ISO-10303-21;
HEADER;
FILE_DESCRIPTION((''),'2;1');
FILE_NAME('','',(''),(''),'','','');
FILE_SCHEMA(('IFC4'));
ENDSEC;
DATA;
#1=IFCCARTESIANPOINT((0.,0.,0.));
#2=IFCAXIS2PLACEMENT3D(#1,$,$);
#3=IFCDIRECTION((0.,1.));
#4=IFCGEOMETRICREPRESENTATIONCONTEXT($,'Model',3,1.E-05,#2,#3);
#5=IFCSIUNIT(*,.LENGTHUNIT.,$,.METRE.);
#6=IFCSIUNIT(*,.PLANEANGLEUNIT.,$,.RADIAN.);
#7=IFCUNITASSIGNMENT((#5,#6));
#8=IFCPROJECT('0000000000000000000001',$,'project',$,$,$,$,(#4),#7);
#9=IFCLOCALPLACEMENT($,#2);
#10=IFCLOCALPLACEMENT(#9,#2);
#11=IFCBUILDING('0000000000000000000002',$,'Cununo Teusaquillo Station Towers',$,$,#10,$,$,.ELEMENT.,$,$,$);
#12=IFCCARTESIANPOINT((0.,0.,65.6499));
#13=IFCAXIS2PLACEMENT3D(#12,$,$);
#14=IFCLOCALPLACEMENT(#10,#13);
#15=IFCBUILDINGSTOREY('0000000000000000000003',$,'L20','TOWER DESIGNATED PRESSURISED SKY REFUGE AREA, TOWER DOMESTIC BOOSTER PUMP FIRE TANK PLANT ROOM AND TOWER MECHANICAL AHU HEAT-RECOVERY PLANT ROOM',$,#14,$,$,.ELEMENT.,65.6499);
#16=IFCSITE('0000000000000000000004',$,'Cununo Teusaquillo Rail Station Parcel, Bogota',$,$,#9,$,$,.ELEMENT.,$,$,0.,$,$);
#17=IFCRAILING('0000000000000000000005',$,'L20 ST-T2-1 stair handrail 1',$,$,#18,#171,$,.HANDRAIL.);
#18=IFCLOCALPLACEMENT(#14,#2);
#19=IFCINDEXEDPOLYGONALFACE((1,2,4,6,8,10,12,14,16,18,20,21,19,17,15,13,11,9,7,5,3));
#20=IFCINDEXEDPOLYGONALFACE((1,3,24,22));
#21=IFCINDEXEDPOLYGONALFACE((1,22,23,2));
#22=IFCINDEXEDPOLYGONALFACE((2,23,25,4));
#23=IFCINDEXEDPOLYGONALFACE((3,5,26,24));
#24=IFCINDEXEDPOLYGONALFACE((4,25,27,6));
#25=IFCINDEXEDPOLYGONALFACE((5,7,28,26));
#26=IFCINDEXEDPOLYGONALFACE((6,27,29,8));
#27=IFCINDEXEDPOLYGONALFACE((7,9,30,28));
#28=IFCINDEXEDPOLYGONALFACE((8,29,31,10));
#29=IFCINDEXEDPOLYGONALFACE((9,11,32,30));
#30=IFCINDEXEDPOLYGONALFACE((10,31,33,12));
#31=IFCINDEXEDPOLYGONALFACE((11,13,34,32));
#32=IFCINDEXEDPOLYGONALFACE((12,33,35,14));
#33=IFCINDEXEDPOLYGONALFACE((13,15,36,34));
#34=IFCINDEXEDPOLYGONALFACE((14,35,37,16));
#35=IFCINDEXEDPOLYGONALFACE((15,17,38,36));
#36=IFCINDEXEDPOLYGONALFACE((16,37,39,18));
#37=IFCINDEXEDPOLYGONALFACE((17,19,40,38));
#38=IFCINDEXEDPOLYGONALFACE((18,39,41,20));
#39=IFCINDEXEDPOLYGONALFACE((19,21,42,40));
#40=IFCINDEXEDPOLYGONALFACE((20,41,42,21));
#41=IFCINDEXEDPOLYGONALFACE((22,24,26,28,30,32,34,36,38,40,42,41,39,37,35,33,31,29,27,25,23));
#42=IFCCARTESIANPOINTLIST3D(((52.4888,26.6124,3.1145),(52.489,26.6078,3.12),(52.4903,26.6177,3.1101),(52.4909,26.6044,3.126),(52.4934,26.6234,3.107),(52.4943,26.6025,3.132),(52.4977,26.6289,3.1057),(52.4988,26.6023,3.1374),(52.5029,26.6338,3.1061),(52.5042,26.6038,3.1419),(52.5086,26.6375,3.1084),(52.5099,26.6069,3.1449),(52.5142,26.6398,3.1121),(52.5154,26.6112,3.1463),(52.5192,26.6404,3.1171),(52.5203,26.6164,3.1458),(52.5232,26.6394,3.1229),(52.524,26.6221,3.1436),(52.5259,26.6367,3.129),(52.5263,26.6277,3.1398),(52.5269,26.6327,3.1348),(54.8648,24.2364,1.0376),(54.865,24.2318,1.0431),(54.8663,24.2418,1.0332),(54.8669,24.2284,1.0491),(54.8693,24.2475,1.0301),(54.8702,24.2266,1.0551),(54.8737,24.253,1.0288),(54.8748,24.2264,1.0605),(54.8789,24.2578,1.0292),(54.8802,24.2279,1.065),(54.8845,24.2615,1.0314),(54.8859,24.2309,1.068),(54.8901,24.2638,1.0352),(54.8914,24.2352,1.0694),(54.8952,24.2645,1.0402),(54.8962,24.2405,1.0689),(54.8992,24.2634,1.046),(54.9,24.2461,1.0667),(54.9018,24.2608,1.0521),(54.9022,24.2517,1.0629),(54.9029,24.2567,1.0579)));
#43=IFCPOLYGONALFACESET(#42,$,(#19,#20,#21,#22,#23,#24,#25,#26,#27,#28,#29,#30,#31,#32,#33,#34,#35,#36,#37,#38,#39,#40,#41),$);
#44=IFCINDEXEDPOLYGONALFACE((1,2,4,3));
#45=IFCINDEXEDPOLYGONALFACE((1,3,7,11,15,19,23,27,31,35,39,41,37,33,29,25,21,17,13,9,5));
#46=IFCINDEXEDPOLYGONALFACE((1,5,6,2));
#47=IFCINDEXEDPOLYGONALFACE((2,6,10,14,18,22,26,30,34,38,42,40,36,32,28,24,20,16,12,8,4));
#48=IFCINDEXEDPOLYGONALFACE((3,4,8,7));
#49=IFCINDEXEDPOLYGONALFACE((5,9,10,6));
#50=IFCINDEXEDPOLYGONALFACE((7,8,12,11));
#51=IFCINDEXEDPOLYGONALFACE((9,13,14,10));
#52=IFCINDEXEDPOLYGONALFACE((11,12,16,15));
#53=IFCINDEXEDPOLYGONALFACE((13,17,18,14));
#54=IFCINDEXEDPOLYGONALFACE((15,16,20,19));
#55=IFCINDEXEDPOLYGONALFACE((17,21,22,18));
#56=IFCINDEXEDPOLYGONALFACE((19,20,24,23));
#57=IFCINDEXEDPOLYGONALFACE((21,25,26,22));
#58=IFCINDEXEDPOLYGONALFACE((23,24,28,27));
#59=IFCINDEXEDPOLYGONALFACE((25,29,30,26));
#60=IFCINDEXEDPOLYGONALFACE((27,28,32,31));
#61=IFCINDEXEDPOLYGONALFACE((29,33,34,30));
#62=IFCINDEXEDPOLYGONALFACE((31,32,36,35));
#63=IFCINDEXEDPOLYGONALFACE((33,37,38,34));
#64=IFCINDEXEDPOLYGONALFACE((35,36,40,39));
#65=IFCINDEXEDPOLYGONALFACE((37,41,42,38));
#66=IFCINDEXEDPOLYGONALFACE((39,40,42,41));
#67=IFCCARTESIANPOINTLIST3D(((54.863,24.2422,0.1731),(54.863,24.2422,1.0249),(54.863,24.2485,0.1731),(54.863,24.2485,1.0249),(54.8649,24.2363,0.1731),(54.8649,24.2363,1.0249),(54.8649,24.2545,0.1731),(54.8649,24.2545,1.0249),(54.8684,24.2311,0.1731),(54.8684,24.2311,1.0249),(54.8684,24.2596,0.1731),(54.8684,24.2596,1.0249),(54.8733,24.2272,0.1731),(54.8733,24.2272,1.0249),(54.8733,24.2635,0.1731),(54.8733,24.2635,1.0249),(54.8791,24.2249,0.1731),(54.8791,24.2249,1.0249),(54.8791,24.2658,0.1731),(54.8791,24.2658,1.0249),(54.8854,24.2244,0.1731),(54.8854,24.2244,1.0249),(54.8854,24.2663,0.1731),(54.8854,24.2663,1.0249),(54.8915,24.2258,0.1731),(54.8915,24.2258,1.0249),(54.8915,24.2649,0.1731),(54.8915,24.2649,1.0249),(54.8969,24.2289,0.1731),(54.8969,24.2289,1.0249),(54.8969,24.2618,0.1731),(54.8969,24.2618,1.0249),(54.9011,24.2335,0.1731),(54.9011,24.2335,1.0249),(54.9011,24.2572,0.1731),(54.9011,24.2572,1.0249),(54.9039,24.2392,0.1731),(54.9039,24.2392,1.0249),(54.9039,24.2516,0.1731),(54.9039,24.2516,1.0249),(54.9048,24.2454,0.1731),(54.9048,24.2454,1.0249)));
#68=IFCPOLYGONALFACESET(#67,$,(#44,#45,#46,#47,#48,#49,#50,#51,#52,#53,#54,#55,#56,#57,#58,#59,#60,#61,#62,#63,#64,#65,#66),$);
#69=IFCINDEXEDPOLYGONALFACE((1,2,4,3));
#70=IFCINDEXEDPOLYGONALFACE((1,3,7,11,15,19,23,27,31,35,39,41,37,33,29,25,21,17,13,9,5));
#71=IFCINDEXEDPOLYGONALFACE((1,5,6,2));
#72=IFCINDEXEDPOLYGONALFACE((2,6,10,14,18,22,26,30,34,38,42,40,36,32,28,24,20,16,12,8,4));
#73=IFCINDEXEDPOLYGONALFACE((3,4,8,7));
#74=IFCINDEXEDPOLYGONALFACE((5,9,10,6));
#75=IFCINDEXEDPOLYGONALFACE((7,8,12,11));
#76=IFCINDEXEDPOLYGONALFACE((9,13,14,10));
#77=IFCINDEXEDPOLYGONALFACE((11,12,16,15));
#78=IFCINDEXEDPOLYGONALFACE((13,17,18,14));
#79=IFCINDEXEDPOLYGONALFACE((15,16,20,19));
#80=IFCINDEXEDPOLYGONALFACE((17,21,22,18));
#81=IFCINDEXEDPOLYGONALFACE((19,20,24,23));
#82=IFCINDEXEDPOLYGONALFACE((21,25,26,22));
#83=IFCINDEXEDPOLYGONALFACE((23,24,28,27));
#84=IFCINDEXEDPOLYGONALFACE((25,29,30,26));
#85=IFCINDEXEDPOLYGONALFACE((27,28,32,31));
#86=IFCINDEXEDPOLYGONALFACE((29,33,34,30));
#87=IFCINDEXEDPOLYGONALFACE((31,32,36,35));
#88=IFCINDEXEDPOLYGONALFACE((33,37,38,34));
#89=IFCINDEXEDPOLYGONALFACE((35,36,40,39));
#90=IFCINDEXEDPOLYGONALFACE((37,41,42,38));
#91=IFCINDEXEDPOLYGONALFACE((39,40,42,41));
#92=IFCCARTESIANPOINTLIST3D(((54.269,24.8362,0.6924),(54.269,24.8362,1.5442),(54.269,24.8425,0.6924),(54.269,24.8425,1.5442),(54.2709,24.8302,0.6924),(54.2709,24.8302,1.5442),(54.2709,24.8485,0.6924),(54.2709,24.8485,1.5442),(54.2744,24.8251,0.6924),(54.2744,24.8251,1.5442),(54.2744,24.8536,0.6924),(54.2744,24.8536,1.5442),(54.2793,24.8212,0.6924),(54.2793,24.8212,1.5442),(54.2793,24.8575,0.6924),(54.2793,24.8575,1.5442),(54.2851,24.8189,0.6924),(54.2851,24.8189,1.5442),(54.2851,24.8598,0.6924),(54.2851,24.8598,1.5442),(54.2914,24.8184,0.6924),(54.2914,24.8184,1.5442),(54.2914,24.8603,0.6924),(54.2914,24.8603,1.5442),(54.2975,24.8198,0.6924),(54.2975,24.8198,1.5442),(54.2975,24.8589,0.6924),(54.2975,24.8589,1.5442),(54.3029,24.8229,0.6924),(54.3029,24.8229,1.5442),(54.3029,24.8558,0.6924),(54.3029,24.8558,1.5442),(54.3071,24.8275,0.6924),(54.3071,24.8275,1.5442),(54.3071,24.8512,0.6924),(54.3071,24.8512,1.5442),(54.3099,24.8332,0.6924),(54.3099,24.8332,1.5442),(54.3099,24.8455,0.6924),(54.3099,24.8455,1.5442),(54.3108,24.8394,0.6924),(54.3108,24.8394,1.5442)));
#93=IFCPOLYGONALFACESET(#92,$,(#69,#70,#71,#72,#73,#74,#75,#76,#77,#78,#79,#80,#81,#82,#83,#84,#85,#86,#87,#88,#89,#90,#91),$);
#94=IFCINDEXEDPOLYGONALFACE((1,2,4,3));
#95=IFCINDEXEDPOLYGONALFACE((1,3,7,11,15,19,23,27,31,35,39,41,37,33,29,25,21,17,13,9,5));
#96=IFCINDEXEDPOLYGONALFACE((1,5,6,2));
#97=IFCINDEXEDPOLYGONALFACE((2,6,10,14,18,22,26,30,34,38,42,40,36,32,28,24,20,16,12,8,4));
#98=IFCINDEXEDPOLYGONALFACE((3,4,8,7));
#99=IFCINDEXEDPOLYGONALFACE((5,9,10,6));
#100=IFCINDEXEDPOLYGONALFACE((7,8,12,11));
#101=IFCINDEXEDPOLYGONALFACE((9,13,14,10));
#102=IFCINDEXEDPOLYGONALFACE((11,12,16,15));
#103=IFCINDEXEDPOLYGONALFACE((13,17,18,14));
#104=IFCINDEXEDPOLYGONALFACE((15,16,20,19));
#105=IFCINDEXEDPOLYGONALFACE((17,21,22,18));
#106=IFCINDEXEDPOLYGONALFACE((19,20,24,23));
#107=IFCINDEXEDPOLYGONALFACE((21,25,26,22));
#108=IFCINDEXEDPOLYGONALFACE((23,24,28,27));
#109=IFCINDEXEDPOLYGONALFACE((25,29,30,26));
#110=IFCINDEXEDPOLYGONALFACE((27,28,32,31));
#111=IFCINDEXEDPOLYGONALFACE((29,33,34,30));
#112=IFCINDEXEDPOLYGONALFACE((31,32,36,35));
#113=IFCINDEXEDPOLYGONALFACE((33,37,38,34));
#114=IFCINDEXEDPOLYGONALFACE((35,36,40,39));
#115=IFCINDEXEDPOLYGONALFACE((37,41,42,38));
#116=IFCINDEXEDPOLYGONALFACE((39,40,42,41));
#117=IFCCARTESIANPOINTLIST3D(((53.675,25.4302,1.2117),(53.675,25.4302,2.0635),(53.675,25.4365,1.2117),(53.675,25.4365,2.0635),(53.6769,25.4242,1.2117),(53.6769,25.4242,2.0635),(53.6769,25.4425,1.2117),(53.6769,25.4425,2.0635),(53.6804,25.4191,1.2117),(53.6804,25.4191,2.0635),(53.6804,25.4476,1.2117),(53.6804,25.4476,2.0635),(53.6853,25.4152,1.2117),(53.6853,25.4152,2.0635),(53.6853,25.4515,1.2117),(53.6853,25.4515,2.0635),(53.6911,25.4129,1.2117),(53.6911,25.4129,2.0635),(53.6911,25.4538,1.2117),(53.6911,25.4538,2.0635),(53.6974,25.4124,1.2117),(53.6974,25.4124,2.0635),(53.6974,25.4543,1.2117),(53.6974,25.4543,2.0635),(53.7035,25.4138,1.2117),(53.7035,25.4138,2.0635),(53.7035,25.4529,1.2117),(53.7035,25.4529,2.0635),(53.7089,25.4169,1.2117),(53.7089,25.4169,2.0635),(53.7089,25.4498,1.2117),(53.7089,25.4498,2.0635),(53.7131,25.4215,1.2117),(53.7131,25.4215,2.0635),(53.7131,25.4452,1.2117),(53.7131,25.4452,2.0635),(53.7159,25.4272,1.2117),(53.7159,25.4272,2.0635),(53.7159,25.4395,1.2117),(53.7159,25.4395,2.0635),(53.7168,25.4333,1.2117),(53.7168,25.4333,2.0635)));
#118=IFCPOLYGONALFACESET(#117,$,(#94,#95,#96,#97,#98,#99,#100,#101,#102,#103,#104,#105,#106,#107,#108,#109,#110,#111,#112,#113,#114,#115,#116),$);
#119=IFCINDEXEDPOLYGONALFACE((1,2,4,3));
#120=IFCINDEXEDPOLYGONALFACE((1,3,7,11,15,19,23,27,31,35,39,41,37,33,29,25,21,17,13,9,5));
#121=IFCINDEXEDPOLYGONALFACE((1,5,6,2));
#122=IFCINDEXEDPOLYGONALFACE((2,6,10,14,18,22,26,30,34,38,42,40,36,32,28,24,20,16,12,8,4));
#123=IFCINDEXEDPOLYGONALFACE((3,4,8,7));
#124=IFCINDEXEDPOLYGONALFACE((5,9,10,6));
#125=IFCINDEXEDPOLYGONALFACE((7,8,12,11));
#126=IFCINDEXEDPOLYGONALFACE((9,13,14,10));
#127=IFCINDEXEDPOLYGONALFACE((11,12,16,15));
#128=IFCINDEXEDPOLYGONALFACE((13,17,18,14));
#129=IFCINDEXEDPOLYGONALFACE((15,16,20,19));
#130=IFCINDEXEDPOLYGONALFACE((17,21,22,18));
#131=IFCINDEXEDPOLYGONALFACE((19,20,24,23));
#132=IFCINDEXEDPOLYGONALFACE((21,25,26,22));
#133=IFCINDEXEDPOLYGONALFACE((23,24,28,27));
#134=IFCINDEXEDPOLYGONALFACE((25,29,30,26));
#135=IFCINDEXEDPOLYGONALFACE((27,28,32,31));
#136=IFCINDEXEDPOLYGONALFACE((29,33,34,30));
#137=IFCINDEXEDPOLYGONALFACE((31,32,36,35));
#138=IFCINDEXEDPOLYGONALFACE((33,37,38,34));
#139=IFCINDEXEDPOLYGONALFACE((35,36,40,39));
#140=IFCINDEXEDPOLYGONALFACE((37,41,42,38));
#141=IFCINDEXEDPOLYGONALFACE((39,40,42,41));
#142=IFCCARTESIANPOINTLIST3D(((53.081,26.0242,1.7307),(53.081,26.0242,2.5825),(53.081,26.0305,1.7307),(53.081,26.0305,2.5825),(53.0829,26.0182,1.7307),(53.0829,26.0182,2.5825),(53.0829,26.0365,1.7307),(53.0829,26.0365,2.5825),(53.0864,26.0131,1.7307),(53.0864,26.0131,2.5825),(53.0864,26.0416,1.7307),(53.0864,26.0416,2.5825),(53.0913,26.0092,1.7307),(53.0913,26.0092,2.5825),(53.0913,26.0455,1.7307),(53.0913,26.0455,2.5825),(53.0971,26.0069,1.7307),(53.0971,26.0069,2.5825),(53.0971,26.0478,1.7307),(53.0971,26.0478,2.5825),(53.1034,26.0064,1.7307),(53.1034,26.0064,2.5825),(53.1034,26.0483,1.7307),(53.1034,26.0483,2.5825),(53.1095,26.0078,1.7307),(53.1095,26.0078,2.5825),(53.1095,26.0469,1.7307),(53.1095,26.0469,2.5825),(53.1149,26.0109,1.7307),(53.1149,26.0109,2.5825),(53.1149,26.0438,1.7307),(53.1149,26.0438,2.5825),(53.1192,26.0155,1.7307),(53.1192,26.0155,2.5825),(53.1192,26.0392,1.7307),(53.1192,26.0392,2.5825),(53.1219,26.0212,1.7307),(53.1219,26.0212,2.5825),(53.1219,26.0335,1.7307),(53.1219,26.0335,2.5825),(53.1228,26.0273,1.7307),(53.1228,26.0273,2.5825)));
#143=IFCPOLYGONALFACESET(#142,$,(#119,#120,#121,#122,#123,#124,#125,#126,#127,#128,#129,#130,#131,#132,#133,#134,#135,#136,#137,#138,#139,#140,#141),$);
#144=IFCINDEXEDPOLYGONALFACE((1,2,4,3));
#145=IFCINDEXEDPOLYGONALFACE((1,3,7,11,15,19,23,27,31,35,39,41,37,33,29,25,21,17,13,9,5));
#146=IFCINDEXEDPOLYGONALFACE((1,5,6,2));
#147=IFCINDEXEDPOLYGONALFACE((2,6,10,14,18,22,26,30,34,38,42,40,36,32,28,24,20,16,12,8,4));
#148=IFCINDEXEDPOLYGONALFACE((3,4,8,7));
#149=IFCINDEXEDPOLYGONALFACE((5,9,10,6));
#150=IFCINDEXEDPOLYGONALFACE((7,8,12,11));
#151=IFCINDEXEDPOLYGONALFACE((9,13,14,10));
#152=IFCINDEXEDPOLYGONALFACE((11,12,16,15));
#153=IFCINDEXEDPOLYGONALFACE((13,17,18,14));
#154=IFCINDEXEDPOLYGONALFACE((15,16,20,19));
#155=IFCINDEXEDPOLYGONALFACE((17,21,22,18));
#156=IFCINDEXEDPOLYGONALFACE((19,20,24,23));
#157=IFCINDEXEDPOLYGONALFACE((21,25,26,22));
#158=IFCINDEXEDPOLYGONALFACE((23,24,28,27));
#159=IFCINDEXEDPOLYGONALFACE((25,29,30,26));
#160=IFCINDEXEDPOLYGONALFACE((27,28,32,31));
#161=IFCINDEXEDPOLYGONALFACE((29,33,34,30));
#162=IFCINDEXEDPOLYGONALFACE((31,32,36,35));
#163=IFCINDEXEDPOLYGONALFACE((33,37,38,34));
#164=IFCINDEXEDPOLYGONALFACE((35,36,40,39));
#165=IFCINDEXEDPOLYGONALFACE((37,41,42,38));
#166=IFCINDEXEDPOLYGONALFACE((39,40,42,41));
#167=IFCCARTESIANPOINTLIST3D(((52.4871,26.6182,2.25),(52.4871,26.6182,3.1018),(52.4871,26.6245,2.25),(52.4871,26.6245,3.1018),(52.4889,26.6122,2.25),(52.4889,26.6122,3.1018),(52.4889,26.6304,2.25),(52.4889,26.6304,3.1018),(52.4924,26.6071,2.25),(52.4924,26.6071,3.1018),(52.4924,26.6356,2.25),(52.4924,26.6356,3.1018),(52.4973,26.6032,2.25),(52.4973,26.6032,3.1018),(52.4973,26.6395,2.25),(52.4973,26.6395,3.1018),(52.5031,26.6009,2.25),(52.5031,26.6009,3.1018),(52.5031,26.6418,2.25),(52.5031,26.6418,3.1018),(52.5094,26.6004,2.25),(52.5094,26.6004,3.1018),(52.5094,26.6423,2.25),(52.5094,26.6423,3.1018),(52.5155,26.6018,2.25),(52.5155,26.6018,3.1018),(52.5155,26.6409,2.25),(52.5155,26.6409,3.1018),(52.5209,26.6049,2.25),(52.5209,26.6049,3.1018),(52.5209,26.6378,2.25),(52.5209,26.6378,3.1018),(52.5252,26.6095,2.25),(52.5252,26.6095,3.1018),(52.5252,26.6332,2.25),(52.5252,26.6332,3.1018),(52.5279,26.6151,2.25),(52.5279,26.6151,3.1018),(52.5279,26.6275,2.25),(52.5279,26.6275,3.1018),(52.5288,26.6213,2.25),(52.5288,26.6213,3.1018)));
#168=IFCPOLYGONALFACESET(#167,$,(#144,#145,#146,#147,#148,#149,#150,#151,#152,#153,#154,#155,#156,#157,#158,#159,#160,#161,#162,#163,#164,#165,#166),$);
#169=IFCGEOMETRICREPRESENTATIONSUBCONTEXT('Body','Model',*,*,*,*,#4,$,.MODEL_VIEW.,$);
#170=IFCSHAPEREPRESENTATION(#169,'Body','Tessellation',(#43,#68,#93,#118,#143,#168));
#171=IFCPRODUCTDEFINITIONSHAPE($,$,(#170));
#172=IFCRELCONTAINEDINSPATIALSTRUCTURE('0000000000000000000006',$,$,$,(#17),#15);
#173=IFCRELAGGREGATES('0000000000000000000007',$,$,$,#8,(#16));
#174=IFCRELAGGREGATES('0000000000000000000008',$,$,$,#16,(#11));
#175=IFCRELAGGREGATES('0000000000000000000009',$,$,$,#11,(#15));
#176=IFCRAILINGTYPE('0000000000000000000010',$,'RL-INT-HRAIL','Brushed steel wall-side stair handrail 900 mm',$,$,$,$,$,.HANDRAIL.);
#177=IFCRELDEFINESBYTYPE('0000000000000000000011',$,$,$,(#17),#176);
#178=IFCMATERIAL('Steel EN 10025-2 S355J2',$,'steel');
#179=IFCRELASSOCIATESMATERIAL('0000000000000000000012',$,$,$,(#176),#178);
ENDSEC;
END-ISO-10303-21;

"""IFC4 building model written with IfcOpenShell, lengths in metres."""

from ifc_helpers import new_model, si_unit, direction, frame, origin, origin_2d, place, context, subcontext, project, spatial, circle, extrude, material, type_object, element, save


model = new_model("IFC4")

# Units and contexts
model_context = context("Model", 3, precision=1e-05, world=origin(), true_north=direction((0.0, 1.0)))
body_context = subcontext(model_context, "Body", "Model", "MODEL_VIEW")
ifc_project = project(units=[si_unit("LENGTHUNIT", "METRE"), si_unit("PLANEANGLEUNIT", "RADIAN")], contexts=[model_context])

# Site, building, storey
site_placement = place(None, origin())
site = spatial("IfcSite", under=ifc_project, at=site_placement, Name="Cununo Teusaquillo Rail Station Parcel, Bogota", CompositionType="ELEMENT", RefElevation=0.0)
building_placement = place(site_placement, origin())
building = spatial("IfcBuilding", under=site, at=building_placement, Name="Cununo Teusaquillo Station Towers", CompositionType="ELEMENT")
storey_placement = place(building_placement, frame((0.0, 0.0, 65.6499)))
storey = spatial("IfcBuildingStorey", under=building, at=storey_placement, Name="L20", Description="TOWER DESIGNATED PRESSURISED SKY REFUGE AREA, TOWER DOMESTIC BOOSTER PUMP FIRE TANK PLANT ROOM AND TOWER MECHANICAL AHU HEAT-RECOVERY PLANT ROOM", CompositionType="ELEMENT", Elevation=65.6499)

# Railing
ifc_material_1 = material(Name="Steel EN 10025-2 S355J2", Category="steel")
railing_type_1 = type_object("IfcRailingType", Name="RL-INT-HRAIL", Description="Brushed steel wall-side stair handrail 900 mm", PredefinedType="HANDRAIL", material=ifc_material_1)
railing_1_placement = place(storey_placement, frame((54.8838, 24.2454, 0.1731)))
element("IfcRailing", 1, at=railing_1_placement, inside=storey, type_object=railing_type_1, Name="L20 ST-T2-1 stair handrail 1", PredefinedType="HANDRAIL", context=body_context, shape_type="SweptSolid", body=[
    extrude(circle(Radius=0.0239, at=origin_2d()), frame((0.0, 0.0, 0.876), z_axis=(-0.601483, 0.601483, 0.525772), x_axis=(-0.707107, -0.707107, 0.0)), (0.0, 0.0, 1.0), 3.9502),
    extrude(circle(Radius=0.021, at=origin_2d()), origin(), (0.0, 0.0, 1.0), 0.8518),
    extrude(circle(Radius=0.021, at=origin_2d()), frame((-0.594, 0.594, 0.5193)), (0.0, 0.0, 1.0), 0.8518),
    extrude(circle(Radius=0.021, at=origin_2d()), frame((-1.188, 1.188, 1.0386)), (0.0, 0.0, 1.0), 0.8518),
    extrude(circle(Radius=0.021, at=origin_2d()), frame((-1.782, 1.782, 1.5576)), (0.0, 0.0, 1.0), 0.8518),
    extrude(circle(Radius=0.021, at=origin_2d()), frame((-2.376, 2.376, 2.0769)), (0.0, 0.0, 1.0), 0.8518),
])

save(model, "model.ifc")
